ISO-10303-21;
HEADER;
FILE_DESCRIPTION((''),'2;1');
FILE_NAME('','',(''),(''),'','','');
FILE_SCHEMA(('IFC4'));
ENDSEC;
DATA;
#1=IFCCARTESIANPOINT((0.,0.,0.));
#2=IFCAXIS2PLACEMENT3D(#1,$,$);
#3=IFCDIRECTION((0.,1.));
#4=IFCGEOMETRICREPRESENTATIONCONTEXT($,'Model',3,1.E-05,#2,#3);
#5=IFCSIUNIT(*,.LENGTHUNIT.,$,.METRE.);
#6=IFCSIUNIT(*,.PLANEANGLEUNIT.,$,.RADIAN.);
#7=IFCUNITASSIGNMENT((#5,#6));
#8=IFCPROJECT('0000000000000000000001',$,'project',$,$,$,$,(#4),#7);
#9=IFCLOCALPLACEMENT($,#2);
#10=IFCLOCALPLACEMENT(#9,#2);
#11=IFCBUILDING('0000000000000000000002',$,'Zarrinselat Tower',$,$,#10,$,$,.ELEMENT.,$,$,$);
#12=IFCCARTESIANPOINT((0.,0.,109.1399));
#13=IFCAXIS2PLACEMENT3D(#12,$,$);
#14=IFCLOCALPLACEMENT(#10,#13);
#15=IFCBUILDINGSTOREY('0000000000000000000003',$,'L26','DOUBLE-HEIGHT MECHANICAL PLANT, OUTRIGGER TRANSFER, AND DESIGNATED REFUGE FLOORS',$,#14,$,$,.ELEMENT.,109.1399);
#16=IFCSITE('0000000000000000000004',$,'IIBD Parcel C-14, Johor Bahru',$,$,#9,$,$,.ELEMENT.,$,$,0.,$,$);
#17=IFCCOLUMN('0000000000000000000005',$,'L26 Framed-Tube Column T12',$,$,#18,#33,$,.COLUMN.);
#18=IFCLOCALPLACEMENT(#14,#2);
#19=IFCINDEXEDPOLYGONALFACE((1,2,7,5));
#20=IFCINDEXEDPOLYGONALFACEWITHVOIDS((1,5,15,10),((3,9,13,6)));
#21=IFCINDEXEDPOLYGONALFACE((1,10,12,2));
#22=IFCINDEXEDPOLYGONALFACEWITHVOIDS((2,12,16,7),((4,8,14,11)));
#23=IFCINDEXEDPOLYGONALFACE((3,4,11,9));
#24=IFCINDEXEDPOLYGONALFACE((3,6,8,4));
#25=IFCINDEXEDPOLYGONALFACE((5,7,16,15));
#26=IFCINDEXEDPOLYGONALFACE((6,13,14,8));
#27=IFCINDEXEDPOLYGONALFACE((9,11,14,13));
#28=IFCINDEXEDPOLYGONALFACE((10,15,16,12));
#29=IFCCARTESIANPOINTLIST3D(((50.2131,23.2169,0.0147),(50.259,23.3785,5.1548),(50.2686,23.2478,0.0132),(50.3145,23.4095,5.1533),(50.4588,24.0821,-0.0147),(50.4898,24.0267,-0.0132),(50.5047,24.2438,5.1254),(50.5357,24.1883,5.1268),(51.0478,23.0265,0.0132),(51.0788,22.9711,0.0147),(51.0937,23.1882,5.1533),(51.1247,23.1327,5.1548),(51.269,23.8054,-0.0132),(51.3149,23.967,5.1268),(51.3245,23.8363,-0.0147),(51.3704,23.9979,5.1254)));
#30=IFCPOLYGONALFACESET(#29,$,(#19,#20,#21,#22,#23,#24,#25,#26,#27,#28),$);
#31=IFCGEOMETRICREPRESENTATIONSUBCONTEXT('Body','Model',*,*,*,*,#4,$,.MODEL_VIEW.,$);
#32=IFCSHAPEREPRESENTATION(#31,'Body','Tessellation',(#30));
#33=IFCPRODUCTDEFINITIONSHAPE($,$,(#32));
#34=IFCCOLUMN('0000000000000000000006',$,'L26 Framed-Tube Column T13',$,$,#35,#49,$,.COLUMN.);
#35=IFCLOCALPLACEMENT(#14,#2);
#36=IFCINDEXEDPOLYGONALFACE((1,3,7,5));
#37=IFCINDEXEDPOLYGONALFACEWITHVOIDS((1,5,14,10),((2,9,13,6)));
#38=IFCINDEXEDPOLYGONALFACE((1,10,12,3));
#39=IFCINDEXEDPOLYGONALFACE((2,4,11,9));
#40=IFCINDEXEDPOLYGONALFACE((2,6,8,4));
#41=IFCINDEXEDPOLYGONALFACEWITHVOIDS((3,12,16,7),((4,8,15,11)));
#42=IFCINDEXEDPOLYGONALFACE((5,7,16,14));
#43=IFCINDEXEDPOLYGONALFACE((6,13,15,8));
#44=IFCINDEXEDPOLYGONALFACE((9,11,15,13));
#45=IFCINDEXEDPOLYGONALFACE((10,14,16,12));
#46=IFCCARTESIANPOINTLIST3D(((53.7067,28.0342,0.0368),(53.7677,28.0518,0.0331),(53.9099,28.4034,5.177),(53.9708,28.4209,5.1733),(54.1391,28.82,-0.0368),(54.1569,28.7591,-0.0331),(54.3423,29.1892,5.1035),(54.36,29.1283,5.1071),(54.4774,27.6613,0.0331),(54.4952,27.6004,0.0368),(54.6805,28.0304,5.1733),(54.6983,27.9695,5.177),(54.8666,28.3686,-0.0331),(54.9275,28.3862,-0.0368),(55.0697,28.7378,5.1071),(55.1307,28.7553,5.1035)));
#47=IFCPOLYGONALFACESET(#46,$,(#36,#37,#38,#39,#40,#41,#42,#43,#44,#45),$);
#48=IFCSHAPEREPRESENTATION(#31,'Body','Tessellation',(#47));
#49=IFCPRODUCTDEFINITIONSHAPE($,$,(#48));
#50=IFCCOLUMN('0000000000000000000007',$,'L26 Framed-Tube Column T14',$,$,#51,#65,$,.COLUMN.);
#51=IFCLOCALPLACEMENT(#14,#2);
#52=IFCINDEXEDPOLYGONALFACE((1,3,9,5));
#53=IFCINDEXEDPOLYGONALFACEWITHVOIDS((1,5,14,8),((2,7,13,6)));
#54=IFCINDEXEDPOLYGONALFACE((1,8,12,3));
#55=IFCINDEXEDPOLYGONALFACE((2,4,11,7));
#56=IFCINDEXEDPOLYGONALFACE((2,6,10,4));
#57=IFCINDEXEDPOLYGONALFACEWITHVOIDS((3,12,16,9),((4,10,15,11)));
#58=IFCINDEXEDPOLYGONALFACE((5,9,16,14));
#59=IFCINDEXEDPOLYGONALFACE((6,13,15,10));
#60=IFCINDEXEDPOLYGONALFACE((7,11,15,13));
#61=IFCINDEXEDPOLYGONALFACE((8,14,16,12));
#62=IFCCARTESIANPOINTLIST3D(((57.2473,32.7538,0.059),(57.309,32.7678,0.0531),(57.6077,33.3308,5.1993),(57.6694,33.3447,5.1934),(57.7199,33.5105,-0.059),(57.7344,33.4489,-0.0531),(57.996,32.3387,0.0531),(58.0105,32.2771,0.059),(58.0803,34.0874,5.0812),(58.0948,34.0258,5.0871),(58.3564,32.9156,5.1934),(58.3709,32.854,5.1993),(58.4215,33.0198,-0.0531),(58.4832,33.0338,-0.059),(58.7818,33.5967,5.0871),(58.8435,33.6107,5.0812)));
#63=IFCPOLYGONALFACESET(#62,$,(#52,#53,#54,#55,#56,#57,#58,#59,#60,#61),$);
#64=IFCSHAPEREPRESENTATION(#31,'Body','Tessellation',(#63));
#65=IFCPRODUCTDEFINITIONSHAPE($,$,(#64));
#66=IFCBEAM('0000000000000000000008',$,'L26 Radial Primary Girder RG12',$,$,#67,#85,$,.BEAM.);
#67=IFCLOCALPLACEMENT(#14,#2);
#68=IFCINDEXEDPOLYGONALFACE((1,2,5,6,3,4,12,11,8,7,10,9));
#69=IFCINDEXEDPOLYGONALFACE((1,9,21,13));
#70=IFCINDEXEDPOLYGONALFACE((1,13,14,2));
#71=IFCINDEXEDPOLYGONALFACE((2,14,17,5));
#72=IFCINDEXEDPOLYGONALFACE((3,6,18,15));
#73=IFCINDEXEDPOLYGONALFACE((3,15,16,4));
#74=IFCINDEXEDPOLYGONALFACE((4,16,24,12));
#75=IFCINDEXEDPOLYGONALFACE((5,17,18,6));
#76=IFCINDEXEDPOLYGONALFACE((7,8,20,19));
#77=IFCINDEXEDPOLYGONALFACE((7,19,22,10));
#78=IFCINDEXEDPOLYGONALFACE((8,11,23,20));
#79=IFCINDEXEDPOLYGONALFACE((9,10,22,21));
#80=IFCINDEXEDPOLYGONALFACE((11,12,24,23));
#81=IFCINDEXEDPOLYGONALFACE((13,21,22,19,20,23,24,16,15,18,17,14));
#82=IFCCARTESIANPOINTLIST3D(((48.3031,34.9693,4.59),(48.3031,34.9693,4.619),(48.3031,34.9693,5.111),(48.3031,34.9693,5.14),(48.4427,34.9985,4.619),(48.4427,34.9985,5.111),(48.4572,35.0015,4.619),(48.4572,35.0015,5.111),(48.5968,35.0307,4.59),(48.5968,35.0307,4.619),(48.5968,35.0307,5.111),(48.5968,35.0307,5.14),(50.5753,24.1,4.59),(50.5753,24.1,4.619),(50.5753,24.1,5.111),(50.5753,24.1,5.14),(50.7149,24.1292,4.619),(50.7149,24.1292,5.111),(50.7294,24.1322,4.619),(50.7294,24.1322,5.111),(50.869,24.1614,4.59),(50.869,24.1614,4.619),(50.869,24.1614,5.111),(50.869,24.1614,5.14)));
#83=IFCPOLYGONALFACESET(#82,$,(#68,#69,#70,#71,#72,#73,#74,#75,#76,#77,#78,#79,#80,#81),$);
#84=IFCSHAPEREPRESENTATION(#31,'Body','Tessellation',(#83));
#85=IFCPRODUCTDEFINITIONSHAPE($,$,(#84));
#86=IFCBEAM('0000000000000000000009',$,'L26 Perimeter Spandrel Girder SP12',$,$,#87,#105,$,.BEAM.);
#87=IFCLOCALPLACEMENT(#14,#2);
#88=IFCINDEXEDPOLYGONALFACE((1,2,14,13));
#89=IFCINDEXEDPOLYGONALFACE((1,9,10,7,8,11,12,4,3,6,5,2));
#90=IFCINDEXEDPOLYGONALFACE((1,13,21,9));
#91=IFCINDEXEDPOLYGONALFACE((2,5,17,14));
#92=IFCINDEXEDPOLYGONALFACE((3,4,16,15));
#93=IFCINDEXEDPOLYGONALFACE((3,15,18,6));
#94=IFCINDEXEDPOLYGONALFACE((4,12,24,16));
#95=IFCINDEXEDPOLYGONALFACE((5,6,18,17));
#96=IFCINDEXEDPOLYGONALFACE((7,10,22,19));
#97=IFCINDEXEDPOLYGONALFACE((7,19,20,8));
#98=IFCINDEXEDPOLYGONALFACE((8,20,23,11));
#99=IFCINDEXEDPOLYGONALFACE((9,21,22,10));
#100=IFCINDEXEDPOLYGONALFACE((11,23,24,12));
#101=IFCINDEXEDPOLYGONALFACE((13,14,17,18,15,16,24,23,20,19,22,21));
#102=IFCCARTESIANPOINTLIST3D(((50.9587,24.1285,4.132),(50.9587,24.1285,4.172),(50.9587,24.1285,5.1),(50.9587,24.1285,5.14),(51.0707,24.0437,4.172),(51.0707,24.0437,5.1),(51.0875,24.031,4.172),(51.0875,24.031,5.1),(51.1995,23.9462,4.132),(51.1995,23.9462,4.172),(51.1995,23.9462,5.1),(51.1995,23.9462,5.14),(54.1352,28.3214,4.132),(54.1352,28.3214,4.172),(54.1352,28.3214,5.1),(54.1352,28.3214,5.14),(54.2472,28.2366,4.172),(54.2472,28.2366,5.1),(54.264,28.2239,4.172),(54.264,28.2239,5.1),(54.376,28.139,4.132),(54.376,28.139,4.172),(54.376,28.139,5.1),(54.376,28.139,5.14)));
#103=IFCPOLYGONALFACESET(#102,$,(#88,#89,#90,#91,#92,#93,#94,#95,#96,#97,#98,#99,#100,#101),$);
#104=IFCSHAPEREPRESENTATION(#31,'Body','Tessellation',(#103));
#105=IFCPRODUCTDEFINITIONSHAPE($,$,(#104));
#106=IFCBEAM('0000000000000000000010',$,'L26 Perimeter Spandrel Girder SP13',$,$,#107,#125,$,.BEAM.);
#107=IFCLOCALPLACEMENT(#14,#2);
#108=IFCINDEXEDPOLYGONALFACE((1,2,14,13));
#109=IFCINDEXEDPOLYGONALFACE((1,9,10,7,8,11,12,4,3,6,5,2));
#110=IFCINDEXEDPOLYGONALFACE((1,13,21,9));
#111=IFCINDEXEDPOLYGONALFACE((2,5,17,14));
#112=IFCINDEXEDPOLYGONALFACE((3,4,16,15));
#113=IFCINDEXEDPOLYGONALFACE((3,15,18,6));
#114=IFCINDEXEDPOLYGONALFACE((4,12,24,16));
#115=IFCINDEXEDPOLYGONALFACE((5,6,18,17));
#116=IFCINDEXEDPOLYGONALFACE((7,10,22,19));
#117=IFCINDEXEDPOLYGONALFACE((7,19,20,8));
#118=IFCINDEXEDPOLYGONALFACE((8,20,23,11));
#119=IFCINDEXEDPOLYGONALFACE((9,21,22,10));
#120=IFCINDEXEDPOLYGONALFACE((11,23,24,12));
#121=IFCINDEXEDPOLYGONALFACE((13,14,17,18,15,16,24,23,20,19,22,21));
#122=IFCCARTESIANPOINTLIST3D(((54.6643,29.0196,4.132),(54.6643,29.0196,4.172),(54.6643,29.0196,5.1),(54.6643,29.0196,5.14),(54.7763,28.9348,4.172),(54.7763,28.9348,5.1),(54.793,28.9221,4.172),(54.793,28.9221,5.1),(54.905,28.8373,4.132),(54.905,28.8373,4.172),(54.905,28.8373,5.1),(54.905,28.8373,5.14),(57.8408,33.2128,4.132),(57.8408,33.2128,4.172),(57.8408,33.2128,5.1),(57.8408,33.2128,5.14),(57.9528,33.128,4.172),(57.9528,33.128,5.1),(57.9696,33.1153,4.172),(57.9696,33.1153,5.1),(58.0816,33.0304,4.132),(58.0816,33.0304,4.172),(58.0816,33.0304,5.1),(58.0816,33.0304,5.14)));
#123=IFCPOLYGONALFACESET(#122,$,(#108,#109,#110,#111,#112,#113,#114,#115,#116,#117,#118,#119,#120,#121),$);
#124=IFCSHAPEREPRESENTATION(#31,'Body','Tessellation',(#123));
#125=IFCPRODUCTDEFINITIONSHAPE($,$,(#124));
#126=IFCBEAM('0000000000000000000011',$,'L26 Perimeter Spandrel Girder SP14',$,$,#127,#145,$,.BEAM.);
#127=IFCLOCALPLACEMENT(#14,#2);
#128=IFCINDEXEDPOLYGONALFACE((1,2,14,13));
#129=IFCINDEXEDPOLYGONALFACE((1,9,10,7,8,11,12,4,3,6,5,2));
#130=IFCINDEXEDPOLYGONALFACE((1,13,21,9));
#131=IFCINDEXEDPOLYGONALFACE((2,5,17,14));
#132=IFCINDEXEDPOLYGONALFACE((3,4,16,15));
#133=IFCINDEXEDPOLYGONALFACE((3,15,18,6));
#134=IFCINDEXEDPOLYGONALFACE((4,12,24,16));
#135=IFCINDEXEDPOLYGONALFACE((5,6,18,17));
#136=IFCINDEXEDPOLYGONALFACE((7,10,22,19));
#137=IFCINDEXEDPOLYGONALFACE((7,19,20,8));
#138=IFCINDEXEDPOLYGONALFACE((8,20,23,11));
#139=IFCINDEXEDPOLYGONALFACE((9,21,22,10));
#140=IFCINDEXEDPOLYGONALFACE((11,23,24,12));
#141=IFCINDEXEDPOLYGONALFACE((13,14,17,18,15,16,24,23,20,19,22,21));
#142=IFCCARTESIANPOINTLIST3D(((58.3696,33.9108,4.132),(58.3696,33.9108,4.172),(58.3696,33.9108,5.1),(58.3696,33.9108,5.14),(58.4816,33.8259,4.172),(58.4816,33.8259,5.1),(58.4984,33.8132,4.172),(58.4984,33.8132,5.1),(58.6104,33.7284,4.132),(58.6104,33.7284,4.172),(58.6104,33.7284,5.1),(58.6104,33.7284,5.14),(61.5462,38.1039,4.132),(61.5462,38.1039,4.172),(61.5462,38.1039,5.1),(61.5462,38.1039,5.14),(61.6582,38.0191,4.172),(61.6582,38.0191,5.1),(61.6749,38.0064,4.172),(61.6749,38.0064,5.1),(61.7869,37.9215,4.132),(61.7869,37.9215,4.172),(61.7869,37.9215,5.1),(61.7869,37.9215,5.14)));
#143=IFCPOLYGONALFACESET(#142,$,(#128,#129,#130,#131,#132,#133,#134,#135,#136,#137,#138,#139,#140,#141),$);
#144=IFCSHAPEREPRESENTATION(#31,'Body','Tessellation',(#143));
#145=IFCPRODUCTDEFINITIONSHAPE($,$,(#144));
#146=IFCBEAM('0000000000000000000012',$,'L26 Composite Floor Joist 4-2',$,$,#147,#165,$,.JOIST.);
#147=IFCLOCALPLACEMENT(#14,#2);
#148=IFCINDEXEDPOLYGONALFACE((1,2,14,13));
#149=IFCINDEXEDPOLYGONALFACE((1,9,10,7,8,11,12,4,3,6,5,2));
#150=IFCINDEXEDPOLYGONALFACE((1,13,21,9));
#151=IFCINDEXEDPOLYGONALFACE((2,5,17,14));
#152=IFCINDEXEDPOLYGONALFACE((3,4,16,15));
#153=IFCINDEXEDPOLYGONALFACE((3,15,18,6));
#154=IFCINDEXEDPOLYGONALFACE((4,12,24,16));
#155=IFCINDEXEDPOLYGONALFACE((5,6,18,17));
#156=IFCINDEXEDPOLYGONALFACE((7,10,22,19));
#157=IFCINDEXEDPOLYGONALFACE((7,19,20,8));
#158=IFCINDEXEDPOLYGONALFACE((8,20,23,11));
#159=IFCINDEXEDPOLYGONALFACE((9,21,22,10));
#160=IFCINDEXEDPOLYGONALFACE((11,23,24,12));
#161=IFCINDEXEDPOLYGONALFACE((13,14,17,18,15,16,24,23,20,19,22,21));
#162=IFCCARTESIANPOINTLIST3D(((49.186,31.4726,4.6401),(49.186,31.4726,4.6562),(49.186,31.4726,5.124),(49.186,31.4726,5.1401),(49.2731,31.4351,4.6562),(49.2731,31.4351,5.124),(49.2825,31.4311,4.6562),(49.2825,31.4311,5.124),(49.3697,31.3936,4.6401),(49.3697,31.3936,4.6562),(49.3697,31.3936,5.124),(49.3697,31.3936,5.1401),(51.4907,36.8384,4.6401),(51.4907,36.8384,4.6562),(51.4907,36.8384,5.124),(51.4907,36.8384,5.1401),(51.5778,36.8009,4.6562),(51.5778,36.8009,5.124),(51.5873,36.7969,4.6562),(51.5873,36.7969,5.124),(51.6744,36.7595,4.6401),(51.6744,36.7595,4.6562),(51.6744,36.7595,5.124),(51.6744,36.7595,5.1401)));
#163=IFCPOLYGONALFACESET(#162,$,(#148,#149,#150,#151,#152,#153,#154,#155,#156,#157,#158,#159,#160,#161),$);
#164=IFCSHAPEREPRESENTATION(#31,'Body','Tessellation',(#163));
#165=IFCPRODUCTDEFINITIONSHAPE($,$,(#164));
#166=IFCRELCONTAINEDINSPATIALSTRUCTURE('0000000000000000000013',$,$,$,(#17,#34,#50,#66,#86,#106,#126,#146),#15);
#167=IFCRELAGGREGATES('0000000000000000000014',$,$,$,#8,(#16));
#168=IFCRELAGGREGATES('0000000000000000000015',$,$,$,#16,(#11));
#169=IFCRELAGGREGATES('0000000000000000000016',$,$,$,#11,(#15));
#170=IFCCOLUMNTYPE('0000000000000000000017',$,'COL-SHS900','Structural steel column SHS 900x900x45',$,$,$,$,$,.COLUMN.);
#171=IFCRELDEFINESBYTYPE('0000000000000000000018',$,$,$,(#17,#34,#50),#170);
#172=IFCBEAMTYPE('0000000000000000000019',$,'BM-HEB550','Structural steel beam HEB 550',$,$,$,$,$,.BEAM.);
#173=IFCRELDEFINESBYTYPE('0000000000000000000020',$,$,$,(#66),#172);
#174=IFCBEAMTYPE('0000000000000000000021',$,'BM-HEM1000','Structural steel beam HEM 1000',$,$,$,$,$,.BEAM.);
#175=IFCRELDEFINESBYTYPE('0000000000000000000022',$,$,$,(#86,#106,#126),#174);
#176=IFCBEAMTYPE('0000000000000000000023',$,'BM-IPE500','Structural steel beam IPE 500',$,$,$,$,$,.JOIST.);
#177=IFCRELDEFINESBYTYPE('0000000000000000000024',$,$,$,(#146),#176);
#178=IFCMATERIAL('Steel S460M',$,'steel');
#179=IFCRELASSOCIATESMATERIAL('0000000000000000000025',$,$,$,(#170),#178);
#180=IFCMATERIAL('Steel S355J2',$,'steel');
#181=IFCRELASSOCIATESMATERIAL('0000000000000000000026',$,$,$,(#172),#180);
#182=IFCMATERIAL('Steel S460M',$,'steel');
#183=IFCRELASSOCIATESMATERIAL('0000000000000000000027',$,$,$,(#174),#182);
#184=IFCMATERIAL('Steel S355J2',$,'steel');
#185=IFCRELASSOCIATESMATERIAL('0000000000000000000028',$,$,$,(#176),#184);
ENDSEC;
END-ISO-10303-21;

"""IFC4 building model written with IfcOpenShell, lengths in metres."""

from ifc_helpers import new_model, si_unit, direction, frame, origin, origin_2d, place, context, subcontext, project, spatial, hollow_rectangle, i_section, extrude, material, material_profile, profile_set, type_object, element, save


model = new_model("IFC4")

# Units and contexts
model_context = context("Model", 3, precision=1e-05, world=origin(), true_north=direction((0.0, 1.0)))
body_context = subcontext(model_context, "Body", "Model", "MODEL_VIEW")
ifc_project = project(units=[si_unit("LENGTHUNIT", "METRE"), si_unit("PLANEANGLEUNIT", "RADIAN")], contexts=[model_context])

# Site, building, storey
site_placement = place(None, origin())
site = spatial("IfcSite", under=ifc_project, at=site_placement, Name="IIBD Parcel C-14, Johor Bahru", CompositionType="ELEMENT", RefElevation=0.0)
building_placement = place(site_placement, origin())
building = spatial("IfcBuilding", under=site, at=building_placement, Name="Zarrinselat Tower", CompositionType="ELEMENT")
storey_placement = place(building_placement, frame((0.0, 0.0, 109.1399)))
storey = spatial("IfcBuildingStorey", under=building, at=storey_placement, Name="L26", Description="DOUBLE-HEIGHT MECHANICAL PLANT, OUTRIGGER TRANSFER, AND DESIGNATED REFUGE FLOORS", CompositionType="ELEMENT", Elevation=109.1399)

# Columns
ifc_material_1 = material(Name="Steel S460M", Category="steel")
ifc_material_profile_1 = material_profile(ifc_material_1, hollow_rectangle(XDim=0.8999, YDim=0.8999, WallThickness=0.0449, at=origin_2d()), Name="SHS 900x900x45")
ifc_profile_set_1 = profile_set([ifc_material_profile_1], Name="Steel S460M")
column_type = type_object("IfcColumnType", Name="COL-SHS900", Description="Structural steel column SHS 900x900x45", PredefinedType="COLUMN", material=ifc_profile_set_1)
column_1_placement = place(storey_placement, frame((50.7688, 23.5266, 0.0), z_axis=(0.008925, 0.031426, 0.999466), x_axis=(-0.961961, 0.273185, 0.0)))
element("IfcColumn", 1, at=column_1_placement, inside=storey, type_object=column_type, Name="L26 Framed-Tube Column T12", PredefinedType="COLUMN", context=body_context, shape_type="SweptSolid", body=[
    extrude(hollow_rectangle(XDim=0.8999, YDim=0.8999, WallThickness=0.0449, at=origin_2d()), origin(), (0.0, 0.0, 1.0), 5.1428),
])
column_2_placement = place(storey_placement, frame((54.3171, 28.2102, 0.0), z_axis=(0.039385, 0.071575, 0.996657), x_axis=(-0.876118, 0.482097, 0.0)))
element("IfcColumn", 2, at=column_2_placement, inside=storey, type_object=column_type, Name="L26 Framed-Tube Column T13", PredefinedType="COLUMN", context=body_context, shape_type="SweptSolid", body=[
    extrude(hollow_rectangle(XDim=0.8999, YDim=0.8999, WallThickness=0.0449, at=origin_2d()), origin(), (0.0, 0.0, 1.0), 5.1575),
])
column_3_placement = place(storey_placement, frame((57.8652, 32.8938, 0.0), z_axis=(0.0695, 0.111265, 0.991358), x_axis=(-0.848139, 0.529773, 0.0)))
element("IfcColumn", 3, at=column_3_placement, inside=storey, type_object=column_type, Name="L26 Framed-Tube Column T14", PredefinedType="COLUMN", context=body_context, shape_type="SweptSolid", body=[
    extrude(hollow_rectangle(XDim=0.8999, YDim=0.8999, WallThickness=0.0449, at=origin_2d()), origin(), (0.0, 0.0, 1.0), 5.1851),
])

# Beams
ifc_material_2 = material(Name="Steel S355J2", Category="steel")
ifc_material_profile_2 = material_profile(ifc_material_2, i_section(OverallWidth=0.3, OverallDepth=0.55, WebThickness=0.0149, FlangeThickness=0.0291, at=origin_2d()), Name="HEB 550")
ifc_profile_set_2 = profile_set([ifc_material_profile_2], Name="Steel S355J2")
beam_type_1 = type_object("IfcBeamType", Name="BM-HEB550", Description="Structural steel beam HEB 550", PredefinedType="BEAM", material=ifc_profile_set_2)
beam_1_placement = place(storey_placement, frame((48.45, 35.0, 4.865), z_axis=(0.204624, -0.978841, 0.0), x_axis=(0.978841, 0.204624, 0.0)))
element("IfcBeam", 4, at=beam_1_placement, inside=storey, type_object=beam_type_1, Name="L26 Radial Primary Girder RG12", PredefinedType="BEAM", context=body_context, shape_type="SweptSolid", body=[
    extrude(i_section(OverallWidth=0.3, OverallDepth=0.55, WebThickness=0.0149, FlangeThickness=0.0291, at=origin_2d()), origin(), (0.0, 0.0, 1.0), 11.1042),
])
ifc_material_3 = material(Name="Steel S460M", Category="steel")
ifc_material_profile_3 = material_profile(ifc_material_3, i_section(OverallWidth=0.302, OverallDepth=1.0081, WebThickness=0.021, FlangeThickness=0.04, at=origin_2d()), Name="HEM 1000")
ifc_profile_set_3 = profile_set([ifc_material_profile_3], Name="Steel S460M")
beam_type_2 = type_object("IfcBeamType", Name="BM-HEM1000", Description="Structural steel beam HEM 1000", PredefinedType="BEAM", material=ifc_profile_set_3)
beam_2_placement = place(storey_placement, frame((51.0791, 24.0374, 4.636), z_axis=(0.603869, 0.797083, 0.0), x_axis=(-0.797083, 0.603869, 0.0)))
element("IfcBeam", 5, at=beam_2_placement, inside=storey, type_object=beam_type_2, Name="L26 Perimeter Spandrel Girder SP12", PredefinedType="BEAM", context=body_context, shape_type="SweptSolid", body=[
    extrude(i_section(OverallWidth=0.302, OverallDepth=1.0081, WebThickness=0.021, FlangeThickness=0.04, at=origin_2d()), origin(), (0.0, 0.0, 1.0), 5.2603),
])
for number, where, z_axis, x_axis, name in (
    (6, (54.7847, 28.9285, 4.636), (0.603847, 0.7971, 0.0), (-0.7971, 0.603847, 0.0), "L26 Perimeter Spandrel Girder SP13"),
    (7, (58.49, 33.8196, 4.636), (0.603847, 0.7971, 0.0), (-0.7971, 0.603847, 0.0), "L26 Perimeter Spandrel Girder SP14"),
):
    element("IfcBeam", number, at=place(storey_placement, frame(where, z_axis=z_axis, x_axis=x_axis)), inside=storey, type_object=beam_type_2, Name=name, PredefinedType="BEAM", context=body_context, shape_type="SweptSolid", body=[
        extrude(i_section(OverallWidth=0.302, OverallDepth=1.0081, WebThickness=0.021, FlangeThickness=0.04, at=origin_2d()), origin(), (0.0, 0.0, 1.0), 5.2605),
    ])
ifc_material_4 = material(Name="Steel S355J2", Category="steel")
ifc_material_profile_4 = material_profile(ifc_material_4, i_section(OverallWidth=0.2, OverallDepth=0.5, WebThickness=0.0103, FlangeThickness=0.0161, at=origin_2d()), Name="IPE 500")
ifc_profile_set_4 = profile_set([ifc_material_profile_4], Name="Steel S355J2")
beam_type_3 = type_object("IfcBeamType", Name="BM-IPE500", Description="Structural steel beam IPE 500", PredefinedType="JOIST", material=ifc_profile_set_4)
beam_3_placement = place(storey_placement, frame((49.2778, 31.4331, 4.8901), z_axis=(0.394656, 0.918829, 0.0), x_axis=(-0.918829, 0.394656, 0.0)))
element("IfcBeam", 8, at=beam_3_placement, inside=storey, type_object=beam_type_3, Name="L26 Composite Floor Joist 4-2", PredefinedType="JOIST", context=body_context, shape_type="SweptSolid", body=[
    extrude(i_section(OverallWidth=0.2, OverallDepth=0.5, WebThickness=0.0103, FlangeThickness=0.0161, at=origin_2d()), origin(), (0.0, 0.0, 1.0), 5.8398),
])

save(model, "model.ifc")
